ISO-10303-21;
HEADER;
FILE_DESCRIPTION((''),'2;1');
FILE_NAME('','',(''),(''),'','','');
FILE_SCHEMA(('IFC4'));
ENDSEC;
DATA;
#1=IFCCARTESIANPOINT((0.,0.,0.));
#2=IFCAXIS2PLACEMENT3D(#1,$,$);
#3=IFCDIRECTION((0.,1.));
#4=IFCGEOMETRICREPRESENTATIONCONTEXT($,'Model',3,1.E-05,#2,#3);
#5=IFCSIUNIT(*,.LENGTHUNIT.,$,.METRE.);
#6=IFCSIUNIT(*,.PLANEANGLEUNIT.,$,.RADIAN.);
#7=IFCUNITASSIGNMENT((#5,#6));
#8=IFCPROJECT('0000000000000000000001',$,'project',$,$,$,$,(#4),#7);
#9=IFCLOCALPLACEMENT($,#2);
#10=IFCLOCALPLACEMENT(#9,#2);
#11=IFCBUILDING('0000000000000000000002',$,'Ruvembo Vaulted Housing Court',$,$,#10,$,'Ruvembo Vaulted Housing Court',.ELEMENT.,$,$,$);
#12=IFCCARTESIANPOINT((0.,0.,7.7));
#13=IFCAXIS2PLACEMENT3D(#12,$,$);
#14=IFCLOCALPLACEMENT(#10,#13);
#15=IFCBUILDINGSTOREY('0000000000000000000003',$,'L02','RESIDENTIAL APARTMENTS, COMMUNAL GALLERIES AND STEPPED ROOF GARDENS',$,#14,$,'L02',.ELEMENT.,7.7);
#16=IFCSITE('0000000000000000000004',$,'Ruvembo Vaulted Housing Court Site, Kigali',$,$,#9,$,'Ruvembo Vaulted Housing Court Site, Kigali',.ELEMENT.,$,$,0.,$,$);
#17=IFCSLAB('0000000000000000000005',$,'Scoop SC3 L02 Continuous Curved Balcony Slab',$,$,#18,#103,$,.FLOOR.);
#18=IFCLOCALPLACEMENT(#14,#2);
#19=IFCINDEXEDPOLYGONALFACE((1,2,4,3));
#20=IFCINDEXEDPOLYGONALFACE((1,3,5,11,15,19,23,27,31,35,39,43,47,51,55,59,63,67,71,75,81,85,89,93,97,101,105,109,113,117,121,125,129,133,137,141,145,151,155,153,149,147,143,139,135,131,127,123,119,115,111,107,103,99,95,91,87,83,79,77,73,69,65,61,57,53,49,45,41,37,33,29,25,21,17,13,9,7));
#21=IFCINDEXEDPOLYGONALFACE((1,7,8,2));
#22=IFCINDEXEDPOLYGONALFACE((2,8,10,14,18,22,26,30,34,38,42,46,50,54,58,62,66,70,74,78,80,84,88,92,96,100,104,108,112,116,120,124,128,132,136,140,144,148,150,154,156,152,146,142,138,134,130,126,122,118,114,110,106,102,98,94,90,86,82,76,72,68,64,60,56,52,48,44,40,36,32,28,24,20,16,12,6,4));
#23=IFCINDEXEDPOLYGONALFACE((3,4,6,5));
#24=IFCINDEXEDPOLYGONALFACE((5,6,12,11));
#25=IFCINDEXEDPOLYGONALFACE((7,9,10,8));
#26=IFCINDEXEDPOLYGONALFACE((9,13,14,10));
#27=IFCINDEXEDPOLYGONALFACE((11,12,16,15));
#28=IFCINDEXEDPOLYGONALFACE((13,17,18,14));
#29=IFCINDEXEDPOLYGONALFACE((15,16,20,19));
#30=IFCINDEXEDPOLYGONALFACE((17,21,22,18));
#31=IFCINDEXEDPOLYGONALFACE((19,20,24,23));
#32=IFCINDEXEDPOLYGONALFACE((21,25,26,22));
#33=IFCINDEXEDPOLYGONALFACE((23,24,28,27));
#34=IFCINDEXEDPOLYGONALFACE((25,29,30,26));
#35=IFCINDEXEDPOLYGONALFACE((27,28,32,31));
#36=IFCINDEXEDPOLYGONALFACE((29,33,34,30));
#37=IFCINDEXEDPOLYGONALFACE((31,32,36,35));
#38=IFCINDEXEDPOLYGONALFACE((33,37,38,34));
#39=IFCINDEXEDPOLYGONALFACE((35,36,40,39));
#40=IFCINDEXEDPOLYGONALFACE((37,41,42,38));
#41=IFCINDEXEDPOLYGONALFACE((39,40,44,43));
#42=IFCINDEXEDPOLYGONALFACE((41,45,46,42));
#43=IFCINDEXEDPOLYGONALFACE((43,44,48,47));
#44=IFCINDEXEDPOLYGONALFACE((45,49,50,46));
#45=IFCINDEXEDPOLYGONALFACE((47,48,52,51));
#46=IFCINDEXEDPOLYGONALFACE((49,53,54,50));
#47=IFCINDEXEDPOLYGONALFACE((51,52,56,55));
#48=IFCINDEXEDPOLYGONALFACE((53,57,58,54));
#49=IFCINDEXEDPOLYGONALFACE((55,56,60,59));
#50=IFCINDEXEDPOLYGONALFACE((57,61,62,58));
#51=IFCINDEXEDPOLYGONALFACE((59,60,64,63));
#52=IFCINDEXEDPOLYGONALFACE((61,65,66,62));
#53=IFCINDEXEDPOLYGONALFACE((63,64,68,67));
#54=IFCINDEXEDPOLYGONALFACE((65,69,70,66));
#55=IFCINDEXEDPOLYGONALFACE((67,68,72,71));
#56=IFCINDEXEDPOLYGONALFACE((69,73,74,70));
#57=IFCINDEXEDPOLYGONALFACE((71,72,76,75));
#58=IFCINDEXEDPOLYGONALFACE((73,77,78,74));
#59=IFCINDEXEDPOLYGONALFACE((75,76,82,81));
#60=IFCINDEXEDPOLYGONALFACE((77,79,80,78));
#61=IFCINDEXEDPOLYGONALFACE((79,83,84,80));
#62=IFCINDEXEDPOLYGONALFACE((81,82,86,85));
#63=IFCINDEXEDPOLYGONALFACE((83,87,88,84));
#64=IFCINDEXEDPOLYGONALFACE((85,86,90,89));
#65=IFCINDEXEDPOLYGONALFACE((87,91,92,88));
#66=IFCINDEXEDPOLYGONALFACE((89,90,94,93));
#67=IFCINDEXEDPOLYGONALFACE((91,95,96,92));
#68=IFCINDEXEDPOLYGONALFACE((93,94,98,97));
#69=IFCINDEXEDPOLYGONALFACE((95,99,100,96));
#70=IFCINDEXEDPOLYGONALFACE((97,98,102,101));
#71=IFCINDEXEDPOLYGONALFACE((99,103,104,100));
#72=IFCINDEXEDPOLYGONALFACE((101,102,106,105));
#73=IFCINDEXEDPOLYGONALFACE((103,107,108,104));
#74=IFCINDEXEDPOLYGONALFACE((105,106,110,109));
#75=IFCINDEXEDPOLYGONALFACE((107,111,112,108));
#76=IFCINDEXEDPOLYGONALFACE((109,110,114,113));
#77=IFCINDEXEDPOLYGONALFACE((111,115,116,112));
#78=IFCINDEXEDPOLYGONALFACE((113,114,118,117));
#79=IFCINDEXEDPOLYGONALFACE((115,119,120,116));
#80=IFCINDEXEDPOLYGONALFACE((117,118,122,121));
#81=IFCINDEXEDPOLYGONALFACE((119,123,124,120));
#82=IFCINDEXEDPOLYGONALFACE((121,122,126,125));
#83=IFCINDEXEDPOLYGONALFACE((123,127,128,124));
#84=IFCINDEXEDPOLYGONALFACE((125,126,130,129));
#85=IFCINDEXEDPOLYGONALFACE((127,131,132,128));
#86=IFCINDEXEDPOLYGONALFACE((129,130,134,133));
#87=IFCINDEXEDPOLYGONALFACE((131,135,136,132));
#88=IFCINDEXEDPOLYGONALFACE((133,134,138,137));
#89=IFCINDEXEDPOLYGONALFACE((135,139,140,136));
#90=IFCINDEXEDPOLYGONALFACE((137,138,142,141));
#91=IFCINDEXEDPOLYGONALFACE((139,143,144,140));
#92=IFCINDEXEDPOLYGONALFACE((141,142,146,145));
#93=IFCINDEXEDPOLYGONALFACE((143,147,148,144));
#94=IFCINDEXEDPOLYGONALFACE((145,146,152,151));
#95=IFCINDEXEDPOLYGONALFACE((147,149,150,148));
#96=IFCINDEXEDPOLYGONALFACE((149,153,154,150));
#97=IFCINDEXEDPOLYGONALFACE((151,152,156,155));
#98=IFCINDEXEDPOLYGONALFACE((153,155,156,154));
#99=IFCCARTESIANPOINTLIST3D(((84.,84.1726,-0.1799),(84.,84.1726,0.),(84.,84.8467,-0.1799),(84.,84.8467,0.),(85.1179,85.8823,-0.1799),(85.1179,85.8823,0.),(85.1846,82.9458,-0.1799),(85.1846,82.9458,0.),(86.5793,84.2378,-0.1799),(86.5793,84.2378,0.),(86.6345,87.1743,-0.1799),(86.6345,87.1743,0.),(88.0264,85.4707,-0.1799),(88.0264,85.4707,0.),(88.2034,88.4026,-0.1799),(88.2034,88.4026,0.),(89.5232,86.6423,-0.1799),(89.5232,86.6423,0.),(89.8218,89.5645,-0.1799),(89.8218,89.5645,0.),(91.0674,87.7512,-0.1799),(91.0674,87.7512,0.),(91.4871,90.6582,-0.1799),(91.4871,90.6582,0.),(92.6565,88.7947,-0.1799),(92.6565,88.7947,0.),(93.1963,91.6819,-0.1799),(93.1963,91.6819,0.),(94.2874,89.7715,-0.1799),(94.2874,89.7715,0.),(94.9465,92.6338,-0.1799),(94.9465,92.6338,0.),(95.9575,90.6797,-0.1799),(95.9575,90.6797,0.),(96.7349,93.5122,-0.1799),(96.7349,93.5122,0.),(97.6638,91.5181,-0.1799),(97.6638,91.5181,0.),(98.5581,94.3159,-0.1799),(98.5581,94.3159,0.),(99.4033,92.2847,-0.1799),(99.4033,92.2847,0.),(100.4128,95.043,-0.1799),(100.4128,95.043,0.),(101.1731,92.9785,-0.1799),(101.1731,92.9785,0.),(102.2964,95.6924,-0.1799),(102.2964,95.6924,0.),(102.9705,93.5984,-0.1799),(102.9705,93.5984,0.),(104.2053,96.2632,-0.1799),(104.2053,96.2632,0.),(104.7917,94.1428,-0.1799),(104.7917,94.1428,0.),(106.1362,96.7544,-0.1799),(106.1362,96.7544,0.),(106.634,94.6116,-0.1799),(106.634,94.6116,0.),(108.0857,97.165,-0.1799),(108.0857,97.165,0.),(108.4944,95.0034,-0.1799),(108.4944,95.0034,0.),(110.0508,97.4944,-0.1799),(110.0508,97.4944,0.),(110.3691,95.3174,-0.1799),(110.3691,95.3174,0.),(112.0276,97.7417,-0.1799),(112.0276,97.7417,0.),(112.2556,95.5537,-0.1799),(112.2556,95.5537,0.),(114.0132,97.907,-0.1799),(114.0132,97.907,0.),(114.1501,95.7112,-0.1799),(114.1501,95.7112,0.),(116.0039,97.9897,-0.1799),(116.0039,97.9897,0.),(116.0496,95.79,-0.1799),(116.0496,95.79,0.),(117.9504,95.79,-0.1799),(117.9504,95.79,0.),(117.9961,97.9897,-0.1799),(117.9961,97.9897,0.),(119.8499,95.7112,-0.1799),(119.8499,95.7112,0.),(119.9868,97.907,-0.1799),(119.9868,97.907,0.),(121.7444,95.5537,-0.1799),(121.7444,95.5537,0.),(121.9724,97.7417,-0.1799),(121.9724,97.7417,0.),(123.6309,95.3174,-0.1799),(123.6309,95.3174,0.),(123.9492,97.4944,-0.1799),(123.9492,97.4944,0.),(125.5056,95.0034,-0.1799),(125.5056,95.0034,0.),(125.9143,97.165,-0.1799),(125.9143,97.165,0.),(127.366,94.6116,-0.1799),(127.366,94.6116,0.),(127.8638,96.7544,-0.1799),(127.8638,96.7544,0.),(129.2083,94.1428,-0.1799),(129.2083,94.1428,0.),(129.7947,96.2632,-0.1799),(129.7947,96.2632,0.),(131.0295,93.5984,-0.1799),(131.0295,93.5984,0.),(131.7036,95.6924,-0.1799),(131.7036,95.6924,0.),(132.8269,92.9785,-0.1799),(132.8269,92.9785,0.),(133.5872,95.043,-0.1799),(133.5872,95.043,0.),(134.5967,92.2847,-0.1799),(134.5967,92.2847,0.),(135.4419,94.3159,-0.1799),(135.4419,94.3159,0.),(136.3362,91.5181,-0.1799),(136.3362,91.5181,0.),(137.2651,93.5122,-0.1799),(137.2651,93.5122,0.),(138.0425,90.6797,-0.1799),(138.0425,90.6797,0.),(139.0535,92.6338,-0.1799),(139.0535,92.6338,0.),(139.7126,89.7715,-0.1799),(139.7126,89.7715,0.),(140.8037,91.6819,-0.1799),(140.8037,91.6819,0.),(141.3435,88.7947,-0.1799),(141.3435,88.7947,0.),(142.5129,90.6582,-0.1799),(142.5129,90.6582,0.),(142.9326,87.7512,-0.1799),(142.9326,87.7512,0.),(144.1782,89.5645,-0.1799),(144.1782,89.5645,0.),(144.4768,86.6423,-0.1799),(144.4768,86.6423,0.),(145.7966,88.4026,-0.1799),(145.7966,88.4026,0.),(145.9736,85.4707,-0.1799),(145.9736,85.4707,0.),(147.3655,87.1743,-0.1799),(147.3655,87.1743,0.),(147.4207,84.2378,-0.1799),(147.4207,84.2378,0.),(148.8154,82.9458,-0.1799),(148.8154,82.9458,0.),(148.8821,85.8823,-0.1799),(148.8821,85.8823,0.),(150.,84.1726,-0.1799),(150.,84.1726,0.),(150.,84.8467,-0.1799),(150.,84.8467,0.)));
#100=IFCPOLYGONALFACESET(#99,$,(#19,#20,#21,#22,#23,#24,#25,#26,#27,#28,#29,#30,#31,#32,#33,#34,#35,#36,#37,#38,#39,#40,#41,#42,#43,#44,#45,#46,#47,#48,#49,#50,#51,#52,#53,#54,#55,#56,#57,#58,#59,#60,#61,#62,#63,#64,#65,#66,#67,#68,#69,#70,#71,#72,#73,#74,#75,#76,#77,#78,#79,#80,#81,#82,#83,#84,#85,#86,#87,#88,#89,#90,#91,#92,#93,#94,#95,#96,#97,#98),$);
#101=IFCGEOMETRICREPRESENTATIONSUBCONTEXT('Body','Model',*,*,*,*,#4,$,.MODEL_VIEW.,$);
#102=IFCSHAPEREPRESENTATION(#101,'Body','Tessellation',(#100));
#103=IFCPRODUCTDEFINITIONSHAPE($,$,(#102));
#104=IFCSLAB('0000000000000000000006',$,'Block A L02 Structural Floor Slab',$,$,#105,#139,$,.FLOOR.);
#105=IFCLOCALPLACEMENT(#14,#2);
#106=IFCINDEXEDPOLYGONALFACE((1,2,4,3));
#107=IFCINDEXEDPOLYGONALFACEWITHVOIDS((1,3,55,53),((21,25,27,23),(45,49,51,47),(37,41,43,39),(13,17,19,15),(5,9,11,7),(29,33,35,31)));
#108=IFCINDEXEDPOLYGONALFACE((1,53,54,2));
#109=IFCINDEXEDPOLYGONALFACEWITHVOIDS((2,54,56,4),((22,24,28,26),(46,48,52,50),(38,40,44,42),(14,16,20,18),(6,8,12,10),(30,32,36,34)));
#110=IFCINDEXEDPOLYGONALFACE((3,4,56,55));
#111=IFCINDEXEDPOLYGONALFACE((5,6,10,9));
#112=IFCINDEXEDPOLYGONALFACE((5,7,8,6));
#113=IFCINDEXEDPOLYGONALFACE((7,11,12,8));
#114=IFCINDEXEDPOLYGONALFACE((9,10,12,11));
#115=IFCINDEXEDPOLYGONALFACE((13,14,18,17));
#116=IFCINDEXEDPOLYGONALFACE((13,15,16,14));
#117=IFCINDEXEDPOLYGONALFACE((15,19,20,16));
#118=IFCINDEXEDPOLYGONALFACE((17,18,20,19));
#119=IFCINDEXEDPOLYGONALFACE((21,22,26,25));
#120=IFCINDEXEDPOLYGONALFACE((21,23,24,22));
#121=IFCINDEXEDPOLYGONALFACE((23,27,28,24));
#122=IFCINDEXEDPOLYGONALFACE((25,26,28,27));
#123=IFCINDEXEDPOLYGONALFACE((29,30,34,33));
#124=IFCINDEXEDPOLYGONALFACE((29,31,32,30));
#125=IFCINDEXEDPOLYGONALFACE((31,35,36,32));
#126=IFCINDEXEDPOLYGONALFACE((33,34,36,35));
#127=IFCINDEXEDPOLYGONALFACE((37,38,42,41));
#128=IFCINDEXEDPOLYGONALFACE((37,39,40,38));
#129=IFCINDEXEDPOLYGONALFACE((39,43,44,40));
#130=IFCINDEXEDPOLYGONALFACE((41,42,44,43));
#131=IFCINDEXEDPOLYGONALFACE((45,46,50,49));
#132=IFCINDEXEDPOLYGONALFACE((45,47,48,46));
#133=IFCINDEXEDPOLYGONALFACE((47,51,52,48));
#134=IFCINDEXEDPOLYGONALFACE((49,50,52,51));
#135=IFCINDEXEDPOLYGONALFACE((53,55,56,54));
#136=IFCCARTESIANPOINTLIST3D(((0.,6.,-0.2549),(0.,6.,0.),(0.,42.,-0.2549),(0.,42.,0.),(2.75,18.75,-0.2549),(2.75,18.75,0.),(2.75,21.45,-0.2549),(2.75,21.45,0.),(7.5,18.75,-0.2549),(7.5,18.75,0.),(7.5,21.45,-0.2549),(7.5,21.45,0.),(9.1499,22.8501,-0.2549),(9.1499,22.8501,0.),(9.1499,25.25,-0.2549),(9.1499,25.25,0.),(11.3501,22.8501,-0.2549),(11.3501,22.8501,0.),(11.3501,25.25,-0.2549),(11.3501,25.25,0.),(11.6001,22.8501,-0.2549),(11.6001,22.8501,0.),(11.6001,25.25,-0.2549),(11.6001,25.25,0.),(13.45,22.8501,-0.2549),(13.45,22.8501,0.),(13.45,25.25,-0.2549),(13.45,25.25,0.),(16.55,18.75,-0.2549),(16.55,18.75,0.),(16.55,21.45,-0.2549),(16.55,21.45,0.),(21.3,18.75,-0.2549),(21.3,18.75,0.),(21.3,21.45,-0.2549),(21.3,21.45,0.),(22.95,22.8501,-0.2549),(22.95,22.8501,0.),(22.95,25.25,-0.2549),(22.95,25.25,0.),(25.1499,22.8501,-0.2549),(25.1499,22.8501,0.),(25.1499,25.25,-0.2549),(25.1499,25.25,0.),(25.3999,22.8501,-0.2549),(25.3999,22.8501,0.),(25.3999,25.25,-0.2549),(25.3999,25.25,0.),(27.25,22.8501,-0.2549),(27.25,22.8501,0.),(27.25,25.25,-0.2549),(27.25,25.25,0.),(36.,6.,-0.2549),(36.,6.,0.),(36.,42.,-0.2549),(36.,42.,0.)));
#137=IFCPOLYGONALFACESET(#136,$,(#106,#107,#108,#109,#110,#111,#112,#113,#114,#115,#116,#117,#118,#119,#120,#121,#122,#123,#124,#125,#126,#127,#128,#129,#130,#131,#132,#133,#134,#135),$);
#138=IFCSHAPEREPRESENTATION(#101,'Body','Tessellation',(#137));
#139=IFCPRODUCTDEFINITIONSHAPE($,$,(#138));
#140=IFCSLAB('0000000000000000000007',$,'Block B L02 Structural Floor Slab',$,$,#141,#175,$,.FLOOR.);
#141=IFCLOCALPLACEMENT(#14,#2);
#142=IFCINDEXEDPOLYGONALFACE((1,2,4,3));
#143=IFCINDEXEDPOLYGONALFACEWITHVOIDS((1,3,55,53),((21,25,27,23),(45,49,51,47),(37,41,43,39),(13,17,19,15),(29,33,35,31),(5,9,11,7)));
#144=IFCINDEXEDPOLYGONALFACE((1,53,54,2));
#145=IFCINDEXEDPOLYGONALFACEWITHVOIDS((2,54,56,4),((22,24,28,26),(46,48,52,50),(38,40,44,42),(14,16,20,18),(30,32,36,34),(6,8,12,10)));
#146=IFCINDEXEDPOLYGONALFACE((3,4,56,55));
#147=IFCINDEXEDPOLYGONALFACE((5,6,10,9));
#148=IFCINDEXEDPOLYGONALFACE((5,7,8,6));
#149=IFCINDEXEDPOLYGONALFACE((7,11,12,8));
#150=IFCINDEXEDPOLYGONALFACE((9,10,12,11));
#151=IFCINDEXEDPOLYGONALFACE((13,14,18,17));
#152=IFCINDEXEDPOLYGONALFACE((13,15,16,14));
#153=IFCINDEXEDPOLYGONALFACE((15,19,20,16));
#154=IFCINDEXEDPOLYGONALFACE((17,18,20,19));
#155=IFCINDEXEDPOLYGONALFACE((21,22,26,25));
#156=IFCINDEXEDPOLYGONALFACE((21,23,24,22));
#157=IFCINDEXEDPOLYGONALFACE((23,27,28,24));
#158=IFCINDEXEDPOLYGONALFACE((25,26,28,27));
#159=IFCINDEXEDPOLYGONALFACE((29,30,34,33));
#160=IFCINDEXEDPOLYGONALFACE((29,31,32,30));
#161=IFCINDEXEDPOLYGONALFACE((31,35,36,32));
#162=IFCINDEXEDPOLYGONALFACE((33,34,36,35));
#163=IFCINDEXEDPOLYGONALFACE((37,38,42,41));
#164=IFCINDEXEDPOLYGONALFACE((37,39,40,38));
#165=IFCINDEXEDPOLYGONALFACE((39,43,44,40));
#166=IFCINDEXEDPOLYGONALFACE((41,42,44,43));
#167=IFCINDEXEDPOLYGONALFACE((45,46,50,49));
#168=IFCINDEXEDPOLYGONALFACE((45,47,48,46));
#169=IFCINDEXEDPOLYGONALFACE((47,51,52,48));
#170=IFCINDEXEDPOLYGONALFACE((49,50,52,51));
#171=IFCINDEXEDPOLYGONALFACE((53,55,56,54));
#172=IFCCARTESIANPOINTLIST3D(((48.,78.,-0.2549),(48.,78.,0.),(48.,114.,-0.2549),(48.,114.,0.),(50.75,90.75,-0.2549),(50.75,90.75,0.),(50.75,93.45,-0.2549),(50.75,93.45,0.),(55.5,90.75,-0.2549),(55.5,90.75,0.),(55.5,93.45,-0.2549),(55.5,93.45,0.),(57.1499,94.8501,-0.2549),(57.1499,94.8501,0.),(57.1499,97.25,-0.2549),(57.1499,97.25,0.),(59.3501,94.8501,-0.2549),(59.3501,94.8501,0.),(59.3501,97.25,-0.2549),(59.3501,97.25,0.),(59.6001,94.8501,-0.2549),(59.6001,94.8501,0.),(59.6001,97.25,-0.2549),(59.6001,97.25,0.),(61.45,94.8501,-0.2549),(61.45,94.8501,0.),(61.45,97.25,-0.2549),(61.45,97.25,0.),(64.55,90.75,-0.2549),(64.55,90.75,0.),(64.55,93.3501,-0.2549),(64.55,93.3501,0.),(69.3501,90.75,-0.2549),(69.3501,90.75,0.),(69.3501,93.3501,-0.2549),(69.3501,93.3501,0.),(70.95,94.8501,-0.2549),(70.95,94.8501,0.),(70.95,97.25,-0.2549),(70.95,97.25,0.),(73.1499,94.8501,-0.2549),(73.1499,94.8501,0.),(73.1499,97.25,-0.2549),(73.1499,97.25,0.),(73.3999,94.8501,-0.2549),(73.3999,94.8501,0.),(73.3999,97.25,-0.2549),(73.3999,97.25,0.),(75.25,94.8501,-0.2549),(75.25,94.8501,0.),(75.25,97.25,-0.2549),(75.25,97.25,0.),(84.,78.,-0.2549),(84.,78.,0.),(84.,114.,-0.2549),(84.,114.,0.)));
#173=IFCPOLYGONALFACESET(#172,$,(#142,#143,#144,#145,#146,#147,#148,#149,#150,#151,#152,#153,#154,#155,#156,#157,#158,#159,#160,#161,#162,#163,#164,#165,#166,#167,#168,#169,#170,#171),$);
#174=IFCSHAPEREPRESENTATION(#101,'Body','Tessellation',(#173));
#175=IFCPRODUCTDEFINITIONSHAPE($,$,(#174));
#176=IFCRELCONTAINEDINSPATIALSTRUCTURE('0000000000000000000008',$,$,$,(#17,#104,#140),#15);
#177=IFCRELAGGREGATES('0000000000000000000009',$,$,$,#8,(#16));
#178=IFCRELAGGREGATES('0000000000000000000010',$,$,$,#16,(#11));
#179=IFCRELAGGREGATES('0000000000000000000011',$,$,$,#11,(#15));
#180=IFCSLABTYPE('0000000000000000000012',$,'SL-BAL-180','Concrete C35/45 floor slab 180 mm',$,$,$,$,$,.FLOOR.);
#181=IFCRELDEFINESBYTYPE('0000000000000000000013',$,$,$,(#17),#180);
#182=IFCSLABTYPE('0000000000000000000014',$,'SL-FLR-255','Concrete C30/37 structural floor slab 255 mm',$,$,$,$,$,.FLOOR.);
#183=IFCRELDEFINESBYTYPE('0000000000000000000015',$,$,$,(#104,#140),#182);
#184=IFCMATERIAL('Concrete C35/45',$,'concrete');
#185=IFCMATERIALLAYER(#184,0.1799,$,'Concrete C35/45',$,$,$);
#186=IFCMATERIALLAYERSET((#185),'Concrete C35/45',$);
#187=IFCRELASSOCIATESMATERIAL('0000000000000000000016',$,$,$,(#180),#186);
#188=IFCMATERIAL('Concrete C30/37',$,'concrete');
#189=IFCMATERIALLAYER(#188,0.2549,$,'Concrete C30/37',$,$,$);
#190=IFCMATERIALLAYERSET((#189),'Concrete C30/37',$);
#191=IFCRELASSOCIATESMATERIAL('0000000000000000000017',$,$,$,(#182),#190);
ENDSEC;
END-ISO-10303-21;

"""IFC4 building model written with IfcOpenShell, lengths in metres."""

from ifc_helpers import new_model, si_unit, direction, frame, origin, place, context, subcontext, project, spatial, polyline, outline, extrude, material, layer, layer_set, type_object, element, save


model = new_model("IFC4")

# Units and contexts
model_context = context("Model", 3, precision=1e-05, world=origin(), true_north=direction((0.0, 1.0)))
body_context = subcontext(model_context, "Body", "Model", "MODEL_VIEW")
ifc_project = project(units=[si_unit("LENGTHUNIT", "METRE"), si_unit("PLANEANGLEUNIT", "RADIAN")], contexts=[model_context])

# Site, building, storey
site_placement = place(None, origin())
site = spatial("IfcSite", under=ifc_project, at=site_placement, Name="Ruvembo Vaulted Housing Court Site, Kigali", LongName="Ruvembo Vaulted Housing Court Site, Kigali", CompositionType="ELEMENT", RefElevation=0.0)
building_placement = place(site_placement, origin())
building = spatial("IfcBuilding", under=site, at=building_placement, Name="Ruvembo Vaulted Housing Court", LongName="Ruvembo Vaulted Housing Court", CompositionType="ELEMENT")
storey_placement = place(building_placement, frame((0.0, 0.0, 7.7)))
storey = spatial("IfcBuildingStorey", under=building, at=storey_placement, Name="L02", Description="RESIDENTIAL APARTMENTS, COMMUNAL GALLERIES AND STEPPED ROOF GARDENS", LongName="L02", CompositionType="ELEMENT", Elevation=7.7)

# Slabs
ifc_material_1 = material(Name="Concrete C35/45", Category="concrete")
ifc_layer_1 = layer(ifc_material_1, 0.1799, Name="Concrete C35/45")
ifc_layer_set_1 = layer_set([ifc_layer_1], Name="Concrete C35/45")
slab_type_1 = type_object("IfcSlabType", Name="SL-BAL-180", Description="Concrete C35/45 floor slab 180 mm", PredefinedType="FLOOR", material=ifc_layer_set_1)
slab_1_placement = place(storey_placement, frame((0.0, 0.0, -0.1799)))
element("IfcSlab", 1, at=slab_1_placement, inside=storey, type_object=slab_type_1, Name="Scoop SC3 L02 Continuous Curved Balcony Slab", PredefinedType="FLOOR", context=body_context, shape_type="SweptSolid", body=[
    extrude(outline(polyline([(150.0, 84.1726), (150.0, 84.8467), (148.8821, 85.8823), (147.3655, 87.1743), (145.7966, 88.4026), (144.1782, 89.5645), (142.5129, 90.6582), (140.8037, 91.6819), (139.0535, 92.6338), (137.2651, 93.5122), (135.4419, 94.3159), (133.5872, 95.043), (131.7036, 95.6924), (129.7947, 96.2632), (127.8638, 96.7544), (125.9143, 97.165), (123.9492, 97.4944), (121.9724, 97.7417), (119.9868, 97.907), (117.9961, 97.9897), (116.0039, 97.9897), (114.0132, 97.907), (112.0276, 97.7417), (110.0508, 97.4944), (108.0857, 97.165), (106.1362, 96.7544), (104.2053, 96.2632), (102.2964, 95.6924), (100.4128, 95.043), (98.5581, 94.3159), (96.7349, 93.5122), (94.9465, 92.6338), (93.1963, 91.6819), (91.4871, 90.6582), (89.8218, 89.5645), (88.2034, 88.4026), (86.6345, 87.1743), (85.1179, 85.8823), (84.0, 84.8467), (84.0, 84.1726), (85.1846, 82.9458), (86.5793, 84.2378), (88.0264, 85.4707), (89.5232, 86.6423), (91.0674, 87.7512), (92.6565, 88.7947), (94.2874, 89.7715), (95.9575, 90.6797), (97.6638, 91.5181), (99.4033, 92.2847), (101.1731, 92.9785), (102.9705, 93.5984), (104.7917, 94.1428), (106.634, 94.6116), (108.4944, 95.0034), (110.3691, 95.3174), (112.2556, 95.5537), (114.1501, 95.7112), (116.0496, 95.79), (117.9504, 95.79), (119.8499, 95.7112), (121.7444, 95.5537), (123.6309, 95.3174), (125.5056, 95.0034), (127.366, 94.6116), (129.2083, 94.1428), (131.0295, 93.5984), (132.8269, 92.9785), (134.5967, 92.2847), (136.3362, 91.5181), (138.0425, 90.6797), (139.7126, 89.7715), (141.3435, 88.7947), (142.9326, 87.7512), (144.4768, 86.6423), (145.9736, 85.4707), (147.4207, 84.2378), (148.8154, 82.9458), (150.0, 84.1726)])), origin(), (0.0, 0.0, 1.0), 0.1799),
])
ifc_material_2 = material(Name="Concrete C30/37", Category="concrete")
ifc_layer_2 = layer(ifc_material_2, 0.2549, Name="Concrete C30/37")
ifc_layer_set_2 = layer_set([ifc_layer_2], Name="Concrete C30/37")
slab_type_2 = type_object("IfcSlabType", Name="SL-FLR-255", Description="Concrete C30/37 structural floor slab 255 mm", PredefinedType="FLOOR", material=ifc_layer_set_2)
slab_2_placement = place(storey_placement, frame((0.0, 0.0, -0.2549)))
element("IfcSlab", 2, at=slab_2_placement, inside=storey, type_object=slab_type_2, Name="Block A L02 Structural Floor Slab", PredefinedType="FLOOR", context=body_context, shape_type="SweptSolid", body=[
    extrude(outline(polyline([(36.0, 6.0), (36.0, 42.0), (0.0, 42.0), (0.0, 6.0), (36.0, 6.0)]), holes=[polyline([(7.5, 21.45), (2.75, 21.45), (2.75, 18.75), (7.5, 18.75), (7.5, 21.45)]), polyline([(9.1499, 22.8501), (11.3501, 22.8501), (11.3501, 25.25), (9.1499, 25.25), (9.1499, 22.8501)]), polyline([(11.6001, 22.8501), (13.45, 22.8501), (13.45, 25.25), (11.6001, 25.25), (11.6001, 22.8501)]), polyline([(21.3, 21.45), (16.55, 21.45), (16.55, 18.75), (21.3, 18.75), (21.3, 21.45)]), polyline([(22.95, 22.8501), (25.1499, 22.8501), (25.1499, 25.25), (22.95, 25.25), (22.95, 22.8501)]), polyline([(25.3999, 22.8501), (27.25, 22.8501), (27.25, 25.25), (25.3999, 25.25), (25.3999, 22.8501)])]), origin(), (0.0, 0.0, 1.0), 0.2549),
])
slab_3_placement = place(storey_placement, frame((0.0, 0.0, -0.2549)))
element("IfcSlab", 3, at=slab_3_placement, inside=storey, type_object=slab_type_2, Name="Block B L02 Structural Floor Slab", PredefinedType="FLOOR", context=body_context, shape_type="SweptSolid", body=[
    extrude(outline(polyline([(84.0, 78.0), (84.0, 114.0), (48.0, 114.0), (48.0, 78.0), (84.0, 78.0)]), holes=[polyline([(55.5, 93.45), (50.75, 93.45), (50.75, 90.75), (55.5, 90.75), (55.5, 93.45)]), polyline([(57.1499, 94.8501), (59.3501, 94.8501), (59.3501, 97.25), (57.1499, 97.25), (57.1499, 94.8501)]), polyline([(59.6001, 94.8501), (61.45, 94.8501), (61.45, 97.25), (59.6001, 97.25), (59.6001, 94.8501)]), polyline([(69.3501, 93.3501), (64.55, 93.3501), (64.55, 90.75), (69.3501, 90.75), (69.3501, 93.3501)]), polyline([(70.95, 94.8501), (73.1499, 94.8501), (73.1499, 97.25), (70.95, 97.25), (70.95, 94.8501)]), polyline([(73.3999, 94.8501), (75.25, 94.8501), (75.25, 97.25), (73.3999, 97.25), (73.3999, 94.8501)])]), origin(), (0.0, 0.0, 1.0), 0.2549),
])

save(model, "model.ifc")
